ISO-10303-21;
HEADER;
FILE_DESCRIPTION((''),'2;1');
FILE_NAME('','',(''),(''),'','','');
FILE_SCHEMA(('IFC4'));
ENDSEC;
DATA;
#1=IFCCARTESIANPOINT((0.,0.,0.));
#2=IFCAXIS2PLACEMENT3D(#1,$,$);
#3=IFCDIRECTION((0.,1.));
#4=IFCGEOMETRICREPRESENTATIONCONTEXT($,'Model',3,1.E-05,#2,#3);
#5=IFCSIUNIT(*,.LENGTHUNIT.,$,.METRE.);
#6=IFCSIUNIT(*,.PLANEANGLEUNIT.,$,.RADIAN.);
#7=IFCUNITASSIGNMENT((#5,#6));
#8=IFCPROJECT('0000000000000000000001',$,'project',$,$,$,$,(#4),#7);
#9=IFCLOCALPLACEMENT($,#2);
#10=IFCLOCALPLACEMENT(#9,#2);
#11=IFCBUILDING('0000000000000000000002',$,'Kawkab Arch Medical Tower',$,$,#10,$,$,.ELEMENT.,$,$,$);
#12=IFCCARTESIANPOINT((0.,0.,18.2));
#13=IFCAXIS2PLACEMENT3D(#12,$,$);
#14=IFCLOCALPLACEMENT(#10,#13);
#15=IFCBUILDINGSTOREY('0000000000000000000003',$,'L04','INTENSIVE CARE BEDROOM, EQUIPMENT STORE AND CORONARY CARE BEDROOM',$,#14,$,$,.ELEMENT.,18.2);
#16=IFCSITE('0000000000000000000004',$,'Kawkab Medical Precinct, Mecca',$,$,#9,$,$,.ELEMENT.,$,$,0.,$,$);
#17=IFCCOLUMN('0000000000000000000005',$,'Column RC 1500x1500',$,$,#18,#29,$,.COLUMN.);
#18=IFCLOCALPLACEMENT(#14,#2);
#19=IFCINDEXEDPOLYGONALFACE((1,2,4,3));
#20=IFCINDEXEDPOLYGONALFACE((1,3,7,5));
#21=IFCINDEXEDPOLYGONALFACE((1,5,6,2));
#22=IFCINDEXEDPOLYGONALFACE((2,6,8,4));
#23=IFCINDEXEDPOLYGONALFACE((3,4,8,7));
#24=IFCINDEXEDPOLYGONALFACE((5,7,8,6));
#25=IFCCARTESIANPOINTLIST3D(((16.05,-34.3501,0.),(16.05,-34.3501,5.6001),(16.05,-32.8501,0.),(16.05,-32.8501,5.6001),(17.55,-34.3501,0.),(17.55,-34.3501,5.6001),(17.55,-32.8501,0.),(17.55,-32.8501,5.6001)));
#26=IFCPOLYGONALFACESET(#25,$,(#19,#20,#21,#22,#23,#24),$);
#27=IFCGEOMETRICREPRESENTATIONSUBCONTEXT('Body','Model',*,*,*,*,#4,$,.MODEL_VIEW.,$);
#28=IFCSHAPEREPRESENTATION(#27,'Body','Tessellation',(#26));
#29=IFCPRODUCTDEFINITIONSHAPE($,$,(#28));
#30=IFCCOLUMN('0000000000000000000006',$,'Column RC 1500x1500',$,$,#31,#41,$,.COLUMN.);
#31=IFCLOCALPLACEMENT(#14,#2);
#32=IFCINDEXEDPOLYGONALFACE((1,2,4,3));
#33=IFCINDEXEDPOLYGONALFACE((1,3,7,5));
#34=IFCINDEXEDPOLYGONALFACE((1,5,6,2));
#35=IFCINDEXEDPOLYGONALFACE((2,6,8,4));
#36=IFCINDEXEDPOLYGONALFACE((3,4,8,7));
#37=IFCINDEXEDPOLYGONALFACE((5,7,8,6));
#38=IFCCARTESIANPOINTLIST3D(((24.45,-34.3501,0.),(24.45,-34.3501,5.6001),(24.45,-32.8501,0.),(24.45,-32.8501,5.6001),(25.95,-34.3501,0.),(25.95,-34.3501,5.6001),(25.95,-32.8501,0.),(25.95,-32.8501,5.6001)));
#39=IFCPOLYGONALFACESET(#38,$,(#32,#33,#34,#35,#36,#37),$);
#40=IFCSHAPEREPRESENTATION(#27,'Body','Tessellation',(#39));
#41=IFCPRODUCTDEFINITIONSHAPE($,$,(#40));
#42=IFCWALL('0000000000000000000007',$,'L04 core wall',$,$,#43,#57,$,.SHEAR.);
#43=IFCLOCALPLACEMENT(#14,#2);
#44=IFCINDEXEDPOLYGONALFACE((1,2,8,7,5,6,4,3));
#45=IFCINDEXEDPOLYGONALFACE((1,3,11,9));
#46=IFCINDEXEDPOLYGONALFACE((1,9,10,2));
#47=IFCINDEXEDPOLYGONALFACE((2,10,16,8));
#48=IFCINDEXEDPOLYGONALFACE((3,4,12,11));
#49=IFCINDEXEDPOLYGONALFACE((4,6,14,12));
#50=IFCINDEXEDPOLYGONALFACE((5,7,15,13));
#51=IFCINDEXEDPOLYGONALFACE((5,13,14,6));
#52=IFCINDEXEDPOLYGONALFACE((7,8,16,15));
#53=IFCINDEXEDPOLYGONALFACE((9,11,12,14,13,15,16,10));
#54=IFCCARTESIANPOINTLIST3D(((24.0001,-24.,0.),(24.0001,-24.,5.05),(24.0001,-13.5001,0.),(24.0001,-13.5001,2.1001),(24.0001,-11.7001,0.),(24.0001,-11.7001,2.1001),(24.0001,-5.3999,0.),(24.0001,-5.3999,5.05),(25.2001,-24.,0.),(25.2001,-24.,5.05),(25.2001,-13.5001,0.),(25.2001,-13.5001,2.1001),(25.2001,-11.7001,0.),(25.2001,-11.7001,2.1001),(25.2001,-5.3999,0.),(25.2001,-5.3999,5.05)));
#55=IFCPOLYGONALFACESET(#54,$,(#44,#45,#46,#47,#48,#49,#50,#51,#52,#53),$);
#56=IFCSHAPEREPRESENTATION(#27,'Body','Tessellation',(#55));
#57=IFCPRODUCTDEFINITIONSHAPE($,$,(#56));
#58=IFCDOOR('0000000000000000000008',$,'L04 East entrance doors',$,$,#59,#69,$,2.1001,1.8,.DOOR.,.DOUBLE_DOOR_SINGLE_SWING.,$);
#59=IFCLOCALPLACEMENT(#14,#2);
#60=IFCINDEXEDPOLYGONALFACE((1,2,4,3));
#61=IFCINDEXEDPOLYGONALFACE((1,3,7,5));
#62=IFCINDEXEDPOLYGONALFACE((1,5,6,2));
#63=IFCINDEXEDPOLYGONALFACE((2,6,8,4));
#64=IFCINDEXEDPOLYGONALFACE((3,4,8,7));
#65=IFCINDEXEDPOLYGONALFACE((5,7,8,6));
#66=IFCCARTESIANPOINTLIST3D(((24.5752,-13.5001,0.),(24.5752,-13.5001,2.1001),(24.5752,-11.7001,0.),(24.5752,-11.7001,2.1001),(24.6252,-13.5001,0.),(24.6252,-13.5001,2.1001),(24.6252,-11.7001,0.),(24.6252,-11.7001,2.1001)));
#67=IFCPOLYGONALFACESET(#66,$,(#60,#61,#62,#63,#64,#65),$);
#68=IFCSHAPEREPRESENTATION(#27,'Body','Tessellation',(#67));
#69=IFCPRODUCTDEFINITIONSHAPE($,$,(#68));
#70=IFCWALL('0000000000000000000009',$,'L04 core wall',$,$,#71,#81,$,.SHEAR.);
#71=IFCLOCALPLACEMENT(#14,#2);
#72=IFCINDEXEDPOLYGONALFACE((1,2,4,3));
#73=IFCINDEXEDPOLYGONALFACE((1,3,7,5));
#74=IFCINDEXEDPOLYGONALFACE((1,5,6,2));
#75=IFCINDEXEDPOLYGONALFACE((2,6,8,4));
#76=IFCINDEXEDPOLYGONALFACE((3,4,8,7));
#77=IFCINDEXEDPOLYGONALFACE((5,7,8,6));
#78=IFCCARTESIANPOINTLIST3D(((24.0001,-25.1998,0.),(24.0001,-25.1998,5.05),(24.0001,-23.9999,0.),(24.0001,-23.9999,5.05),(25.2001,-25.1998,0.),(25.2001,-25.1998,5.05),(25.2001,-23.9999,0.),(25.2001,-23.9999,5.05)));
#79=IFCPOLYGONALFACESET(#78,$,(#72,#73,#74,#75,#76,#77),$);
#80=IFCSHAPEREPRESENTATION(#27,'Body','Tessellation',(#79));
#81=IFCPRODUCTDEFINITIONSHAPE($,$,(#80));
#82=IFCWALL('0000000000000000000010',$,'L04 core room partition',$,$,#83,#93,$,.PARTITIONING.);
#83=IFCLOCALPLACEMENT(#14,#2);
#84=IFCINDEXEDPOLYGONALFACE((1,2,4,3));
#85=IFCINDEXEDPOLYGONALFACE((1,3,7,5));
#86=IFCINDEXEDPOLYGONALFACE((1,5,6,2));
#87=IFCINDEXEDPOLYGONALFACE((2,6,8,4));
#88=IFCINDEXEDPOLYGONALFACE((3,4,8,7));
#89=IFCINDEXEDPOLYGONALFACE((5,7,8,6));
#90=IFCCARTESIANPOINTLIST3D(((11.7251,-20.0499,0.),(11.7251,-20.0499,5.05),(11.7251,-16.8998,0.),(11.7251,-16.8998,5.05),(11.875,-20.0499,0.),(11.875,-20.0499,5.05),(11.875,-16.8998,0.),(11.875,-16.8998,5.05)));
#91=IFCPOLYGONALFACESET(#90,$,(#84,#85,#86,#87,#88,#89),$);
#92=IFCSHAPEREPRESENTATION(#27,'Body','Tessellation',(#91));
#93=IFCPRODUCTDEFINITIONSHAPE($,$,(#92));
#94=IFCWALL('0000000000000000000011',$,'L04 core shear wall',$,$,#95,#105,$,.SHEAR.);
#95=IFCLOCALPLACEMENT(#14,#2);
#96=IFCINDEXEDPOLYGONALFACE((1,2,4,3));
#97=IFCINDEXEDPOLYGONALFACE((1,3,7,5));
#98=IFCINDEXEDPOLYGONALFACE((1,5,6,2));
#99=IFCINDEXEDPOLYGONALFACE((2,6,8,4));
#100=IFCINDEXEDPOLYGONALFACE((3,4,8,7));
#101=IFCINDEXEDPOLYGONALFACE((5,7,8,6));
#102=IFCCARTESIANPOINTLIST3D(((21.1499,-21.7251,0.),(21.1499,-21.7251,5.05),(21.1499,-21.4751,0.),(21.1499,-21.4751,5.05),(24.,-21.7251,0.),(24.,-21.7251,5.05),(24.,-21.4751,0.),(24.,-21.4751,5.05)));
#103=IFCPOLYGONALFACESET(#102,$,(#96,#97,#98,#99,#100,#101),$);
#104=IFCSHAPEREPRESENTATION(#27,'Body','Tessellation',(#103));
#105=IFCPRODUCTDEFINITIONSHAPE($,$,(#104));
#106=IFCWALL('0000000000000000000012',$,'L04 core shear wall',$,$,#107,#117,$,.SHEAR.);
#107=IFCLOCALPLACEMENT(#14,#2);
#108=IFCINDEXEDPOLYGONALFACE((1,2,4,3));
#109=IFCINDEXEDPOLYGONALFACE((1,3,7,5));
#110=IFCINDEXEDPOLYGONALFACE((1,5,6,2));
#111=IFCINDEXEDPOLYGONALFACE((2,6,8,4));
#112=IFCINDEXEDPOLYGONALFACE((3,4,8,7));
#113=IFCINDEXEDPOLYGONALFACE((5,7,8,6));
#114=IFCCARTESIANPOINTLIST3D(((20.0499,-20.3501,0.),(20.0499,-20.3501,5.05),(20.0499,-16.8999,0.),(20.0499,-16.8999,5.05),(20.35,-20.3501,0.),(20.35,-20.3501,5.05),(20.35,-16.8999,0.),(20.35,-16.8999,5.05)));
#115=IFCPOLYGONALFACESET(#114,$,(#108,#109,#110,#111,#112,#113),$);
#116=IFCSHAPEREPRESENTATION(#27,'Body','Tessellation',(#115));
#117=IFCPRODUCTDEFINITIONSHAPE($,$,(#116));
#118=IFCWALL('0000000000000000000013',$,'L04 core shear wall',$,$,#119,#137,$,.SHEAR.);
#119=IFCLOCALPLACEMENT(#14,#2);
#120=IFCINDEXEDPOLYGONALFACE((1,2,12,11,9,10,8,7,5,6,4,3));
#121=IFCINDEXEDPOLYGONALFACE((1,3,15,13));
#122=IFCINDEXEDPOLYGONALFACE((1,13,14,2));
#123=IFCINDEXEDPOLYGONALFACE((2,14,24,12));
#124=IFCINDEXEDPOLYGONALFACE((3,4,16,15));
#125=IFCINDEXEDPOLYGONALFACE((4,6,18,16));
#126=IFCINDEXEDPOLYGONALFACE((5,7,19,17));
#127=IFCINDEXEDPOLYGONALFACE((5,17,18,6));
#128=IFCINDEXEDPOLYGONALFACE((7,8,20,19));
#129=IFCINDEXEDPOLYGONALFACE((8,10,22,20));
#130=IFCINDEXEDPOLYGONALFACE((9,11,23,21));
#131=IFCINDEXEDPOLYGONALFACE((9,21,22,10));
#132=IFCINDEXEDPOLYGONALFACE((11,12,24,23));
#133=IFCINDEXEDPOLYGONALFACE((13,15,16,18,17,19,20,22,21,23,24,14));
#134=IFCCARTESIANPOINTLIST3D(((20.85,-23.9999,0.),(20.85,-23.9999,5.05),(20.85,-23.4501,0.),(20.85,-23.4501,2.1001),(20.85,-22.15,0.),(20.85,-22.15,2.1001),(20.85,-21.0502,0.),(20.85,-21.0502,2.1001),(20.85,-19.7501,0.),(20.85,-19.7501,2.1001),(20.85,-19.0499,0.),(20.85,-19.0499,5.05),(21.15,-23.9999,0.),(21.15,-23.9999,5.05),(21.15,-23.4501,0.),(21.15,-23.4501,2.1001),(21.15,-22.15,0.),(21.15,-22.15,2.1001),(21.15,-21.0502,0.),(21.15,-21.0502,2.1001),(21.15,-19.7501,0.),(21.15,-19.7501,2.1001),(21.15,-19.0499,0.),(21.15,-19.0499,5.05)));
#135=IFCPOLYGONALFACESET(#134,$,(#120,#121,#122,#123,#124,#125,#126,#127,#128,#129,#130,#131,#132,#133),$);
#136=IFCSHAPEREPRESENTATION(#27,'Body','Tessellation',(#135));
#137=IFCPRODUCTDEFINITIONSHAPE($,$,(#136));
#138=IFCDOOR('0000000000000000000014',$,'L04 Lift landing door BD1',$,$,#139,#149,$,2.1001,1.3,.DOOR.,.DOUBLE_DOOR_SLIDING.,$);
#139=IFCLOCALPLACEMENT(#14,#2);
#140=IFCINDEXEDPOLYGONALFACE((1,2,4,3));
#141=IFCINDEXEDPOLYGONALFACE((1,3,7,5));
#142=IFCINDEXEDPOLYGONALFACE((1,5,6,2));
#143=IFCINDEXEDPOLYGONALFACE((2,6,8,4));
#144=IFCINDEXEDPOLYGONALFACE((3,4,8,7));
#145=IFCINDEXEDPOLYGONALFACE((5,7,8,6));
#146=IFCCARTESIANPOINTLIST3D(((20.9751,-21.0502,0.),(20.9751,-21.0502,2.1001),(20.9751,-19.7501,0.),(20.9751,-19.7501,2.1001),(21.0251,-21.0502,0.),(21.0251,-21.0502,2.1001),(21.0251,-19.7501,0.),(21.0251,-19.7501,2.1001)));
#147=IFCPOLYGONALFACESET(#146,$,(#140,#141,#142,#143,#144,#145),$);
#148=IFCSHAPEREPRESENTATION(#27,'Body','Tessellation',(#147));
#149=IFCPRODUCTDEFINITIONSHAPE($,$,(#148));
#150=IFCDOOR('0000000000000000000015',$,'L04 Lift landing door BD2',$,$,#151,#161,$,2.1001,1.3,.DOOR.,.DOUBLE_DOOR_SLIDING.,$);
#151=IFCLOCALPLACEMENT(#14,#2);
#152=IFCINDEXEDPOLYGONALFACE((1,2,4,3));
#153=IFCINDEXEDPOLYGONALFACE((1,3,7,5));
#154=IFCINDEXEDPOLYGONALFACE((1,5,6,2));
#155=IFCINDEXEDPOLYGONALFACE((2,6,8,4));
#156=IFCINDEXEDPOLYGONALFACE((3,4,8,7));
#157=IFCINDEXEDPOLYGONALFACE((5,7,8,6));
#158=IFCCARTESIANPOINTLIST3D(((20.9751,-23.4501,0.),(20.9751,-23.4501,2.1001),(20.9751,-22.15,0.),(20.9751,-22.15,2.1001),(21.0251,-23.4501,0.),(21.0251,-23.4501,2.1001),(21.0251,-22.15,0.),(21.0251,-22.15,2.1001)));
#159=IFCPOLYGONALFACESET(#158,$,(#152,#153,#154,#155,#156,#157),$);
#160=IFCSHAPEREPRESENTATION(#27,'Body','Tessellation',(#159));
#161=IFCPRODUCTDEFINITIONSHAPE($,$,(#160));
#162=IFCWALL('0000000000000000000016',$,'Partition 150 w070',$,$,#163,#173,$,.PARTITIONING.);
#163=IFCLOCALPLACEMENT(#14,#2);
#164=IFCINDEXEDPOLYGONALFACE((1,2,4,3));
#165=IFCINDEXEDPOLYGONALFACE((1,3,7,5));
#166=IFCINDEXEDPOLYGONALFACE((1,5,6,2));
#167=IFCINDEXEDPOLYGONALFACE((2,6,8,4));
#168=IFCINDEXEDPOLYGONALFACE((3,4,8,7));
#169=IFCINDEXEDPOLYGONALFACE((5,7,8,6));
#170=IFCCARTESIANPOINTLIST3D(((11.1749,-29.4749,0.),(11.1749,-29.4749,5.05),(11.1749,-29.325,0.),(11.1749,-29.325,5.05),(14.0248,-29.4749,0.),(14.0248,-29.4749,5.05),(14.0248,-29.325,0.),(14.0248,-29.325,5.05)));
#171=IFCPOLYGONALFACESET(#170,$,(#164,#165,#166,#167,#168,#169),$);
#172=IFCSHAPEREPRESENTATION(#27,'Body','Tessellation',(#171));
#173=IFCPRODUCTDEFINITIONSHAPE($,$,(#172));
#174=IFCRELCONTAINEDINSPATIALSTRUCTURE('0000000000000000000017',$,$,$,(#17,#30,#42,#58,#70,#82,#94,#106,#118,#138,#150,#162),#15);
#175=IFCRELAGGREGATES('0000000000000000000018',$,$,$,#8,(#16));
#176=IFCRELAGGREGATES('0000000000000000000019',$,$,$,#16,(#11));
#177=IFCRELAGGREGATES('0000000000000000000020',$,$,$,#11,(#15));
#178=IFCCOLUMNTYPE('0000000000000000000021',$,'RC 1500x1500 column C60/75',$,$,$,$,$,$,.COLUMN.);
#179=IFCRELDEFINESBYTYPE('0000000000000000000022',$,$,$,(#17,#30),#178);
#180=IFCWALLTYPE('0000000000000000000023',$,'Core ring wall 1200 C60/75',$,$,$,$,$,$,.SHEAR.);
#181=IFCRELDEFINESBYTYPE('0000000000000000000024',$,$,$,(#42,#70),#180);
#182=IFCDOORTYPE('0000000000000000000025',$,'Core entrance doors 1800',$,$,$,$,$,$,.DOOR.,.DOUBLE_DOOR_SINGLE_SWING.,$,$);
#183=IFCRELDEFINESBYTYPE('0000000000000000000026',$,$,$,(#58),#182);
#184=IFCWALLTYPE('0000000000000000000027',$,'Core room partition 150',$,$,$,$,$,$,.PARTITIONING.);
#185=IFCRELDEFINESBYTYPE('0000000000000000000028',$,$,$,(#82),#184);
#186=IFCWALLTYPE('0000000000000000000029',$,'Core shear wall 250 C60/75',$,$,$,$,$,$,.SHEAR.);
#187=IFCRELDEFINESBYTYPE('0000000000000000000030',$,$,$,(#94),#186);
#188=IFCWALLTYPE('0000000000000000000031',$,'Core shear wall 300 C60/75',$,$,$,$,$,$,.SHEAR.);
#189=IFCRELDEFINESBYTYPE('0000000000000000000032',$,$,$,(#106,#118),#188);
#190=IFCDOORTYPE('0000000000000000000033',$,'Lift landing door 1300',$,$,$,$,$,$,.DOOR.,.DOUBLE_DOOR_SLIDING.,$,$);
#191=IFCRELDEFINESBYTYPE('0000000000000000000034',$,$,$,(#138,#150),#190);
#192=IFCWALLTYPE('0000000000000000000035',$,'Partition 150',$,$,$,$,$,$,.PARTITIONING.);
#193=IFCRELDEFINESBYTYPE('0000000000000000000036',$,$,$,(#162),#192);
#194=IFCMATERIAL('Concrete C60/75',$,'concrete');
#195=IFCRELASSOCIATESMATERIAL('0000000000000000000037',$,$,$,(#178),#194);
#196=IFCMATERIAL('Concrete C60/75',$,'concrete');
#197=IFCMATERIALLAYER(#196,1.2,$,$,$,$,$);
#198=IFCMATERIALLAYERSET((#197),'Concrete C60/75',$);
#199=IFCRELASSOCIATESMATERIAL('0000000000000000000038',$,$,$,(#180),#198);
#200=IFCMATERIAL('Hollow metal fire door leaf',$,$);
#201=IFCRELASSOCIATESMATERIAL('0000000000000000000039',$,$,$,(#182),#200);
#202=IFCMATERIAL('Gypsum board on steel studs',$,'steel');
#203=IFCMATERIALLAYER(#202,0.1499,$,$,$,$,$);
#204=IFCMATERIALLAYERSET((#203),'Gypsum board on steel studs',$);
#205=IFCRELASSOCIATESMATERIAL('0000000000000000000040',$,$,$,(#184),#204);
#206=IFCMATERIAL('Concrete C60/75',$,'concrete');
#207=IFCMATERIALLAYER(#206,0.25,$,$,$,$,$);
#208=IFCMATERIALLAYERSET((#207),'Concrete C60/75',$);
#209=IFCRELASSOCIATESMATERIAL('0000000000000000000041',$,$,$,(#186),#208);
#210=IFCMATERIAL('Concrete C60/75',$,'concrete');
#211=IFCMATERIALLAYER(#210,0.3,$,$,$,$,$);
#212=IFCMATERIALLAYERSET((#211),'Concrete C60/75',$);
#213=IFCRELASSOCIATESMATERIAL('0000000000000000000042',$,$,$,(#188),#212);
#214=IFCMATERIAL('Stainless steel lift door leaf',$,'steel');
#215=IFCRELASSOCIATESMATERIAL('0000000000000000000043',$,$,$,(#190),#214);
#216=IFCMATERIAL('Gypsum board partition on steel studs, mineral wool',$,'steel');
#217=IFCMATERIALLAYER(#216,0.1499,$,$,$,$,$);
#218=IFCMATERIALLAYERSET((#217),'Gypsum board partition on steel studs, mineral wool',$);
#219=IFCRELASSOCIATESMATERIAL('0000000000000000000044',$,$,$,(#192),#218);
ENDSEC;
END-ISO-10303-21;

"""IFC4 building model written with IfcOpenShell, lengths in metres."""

from ifc_helpers import new_model, si_unit, direction, frame, frame_2d, origin, origin_2d, place, context, subcontext, project, spatial, rectangle, extrude, material, layer, layer_set, material_profile, profile_set, type_object, element, fill, save


model = new_model("IFC4")

# Units and contexts
model_context = context("Model", 3, precision=1e-05, world=origin(), true_north=direction((0.0, 1.0)))
body_context = subcontext(model_context, "Body", "Model", "MODEL_VIEW")
ifc_project = project(units=[si_unit("LENGTHUNIT", "METRE"), si_unit("PLANEANGLEUNIT", "RADIAN")], contexts=[model_context])

# Site, building, storey
site_placement = place(None, origin())
site = spatial("IfcSite", under=ifc_project, at=site_placement, Name="Kawkab Medical Precinct, Mecca", CompositionType="ELEMENT", RefElevation=0.0)
building_placement = place(site_placement, origin())
building = spatial("IfcBuilding", under=site, at=building_placement, Name="Kawkab Arch Medical Tower", CompositionType="ELEMENT")
storey_placement = place(building_placement, frame((0.0, 0.0, 18.2)))
storey = spatial("IfcBuildingStorey", under=building, at=storey_placement, Name="L04", Description="INTENSIVE CARE BEDROOM, EQUIPMENT STORE AND CORONARY CARE BEDROOM", CompositionType="ELEMENT", Elevation=18.2)

# Columns
ifc_material_1 = material(Name="Concrete C60/75", Category="concrete")
ifc_material_profile = material_profile(ifc_material_1, rectangle(XDim=1.5, YDim=1.5, at=origin_2d()), Name="RC 1500x1500")
ifc_profile_set = profile_set([ifc_material_profile], Name="Concrete C60/75")
column_type = type_object("IfcColumnType", Name="RC 1500x1500 column C60/75", PredefinedType="COLUMN", material=ifc_profile_set)
for number, where, z_axis, x_axis, name in (
    (1, (16.8, -33.6001, 0.0), (0.0, 0.0, 1.0), (1.0, 0.0, 0.0), "Column RC 1500x1500"),
    (2, (25.2, -33.6001, 0.0), (0.0, 0.0, 1.0), (1.0, 0.0, 0.0), "Column RC 1500x1500"),
):
    element("IfcColumn", number, at=place(storey_placement, frame(where, z_axis=z_axis, x_axis=x_axis)), inside=storey, type_object=column_type, Name=name, PredefinedType="COLUMN", context=body_context, shape_type="SweptSolid", body=[
        extrude(rectangle(XDim=1.5, YDim=1.5, at=origin_2d()), origin(), (0.0, 0.0, 1.0), 5.6001),
    ])

# Wall, opening, door
ifc_material_2 = material(Name="Concrete C60/75", Category="concrete")
ifc_layer_1 = layer(ifc_material_2, 1.2)
ifc_layer_set_1 = layer_set([ifc_layer_1], Name="Concrete C60/75")
wall_type_1 = type_object("IfcWallType", Name="Core ring wall 1200 C60/75", PredefinedType="SHEAR", material=ifc_layer_set_1)
wall_1_placement = place(storey_placement, frame((24.6001, -24.0, 0.0), z_axis=(0.0, 0.0, 1.0), x_axis=(0.0, 1.0, 0.0)))
wall_1 = element("IfcWall", 3, at=wall_1_placement, inside=storey, type_object=wall_type_1, Name="L04 core wall", PredefinedType="SHEAR", context=body_context, shape_type="SweptSolid", body=[
    extrude(rectangle(XDim=18.6001, YDim=1.2, at=frame_2d((9.3, 0.0))), origin(), (0.0, 0.0, 1.0), 5.05),
])
opening_1_placement = place(wall_1_placement, frame((10.5, 0.0, 0.0)))
opening_1 = element("IfcOpeningElement", 4, at=opening_1_placement, cuts=wall_1, PredefinedType="OPENING", context=body_context, shape_type="SweptSolid", body=[
    extrude(rectangle(XDim=1.8, YDim=2.1001, at=frame_2d((0.8999, 1.05))), frame((0.0, 0.6099, 0.0), z_axis=(0.0, -1.0, 0.0), x_axis=(1.0, 0.0, 0.0)), (0.0, 0.0, 1.0), 1.22),
])
ifc_material_3 = material(Name="Hollow metal fire door leaf")
door_type_1 = type_object("IfcDoorType", Name="Core entrance doors 1800", OperationType="DOUBLE_DOOR_SINGLE_SWING", PredefinedType="DOOR", material=ifc_material_3)
door_1_placement = place(opening_1_placement, origin())
door_1 = element("IfcDoor", 5, at=door_1_placement, inside=storey, type_object=door_type_1, Name="L04 East entrance doors", OperationType="DOUBLE_DOOR_SINGLE_SWING", OverallHeight=2.1001, OverallWidth=1.8, PredefinedType="DOOR", context=body_context, shape_type="SweptSolid", body=[
    extrude(rectangle(XDim=1.8, YDim=2.1001, at=frame_2d((0.8999, 1.05))), frame((0.0, 0.0249, 0.0), z_axis=(0.0, -1.0, 0.0), x_axis=(1.0, 0.0, 0.0)), (0.0, 0.0, 1.0), 0.05),
])
fill(opening_1, door_1)

# Walls
wall_2_placement = place(storey_placement, frame((24.6001, -25.2, 0.0), z_axis=(0.0, 0.0, 1.0), x_axis=(0.0, 1.0, 0.0)))
element("IfcWall", 6, at=wall_2_placement, inside=storey, type_object=wall_type_1, Name="L04 core wall", PredefinedType="SHEAR", context=body_context, shape_type="SweptSolid", body=[
    extrude(rectangle(XDim=1.2, YDim=1.2, at=frame_2d((0.6001, 0.0))), origin(), (0.0, 0.0, 1.0), 5.05),
])
ifc_material_4 = material(Name="Gypsum board on steel studs", Category="steel")
ifc_layer_2 = layer(ifc_material_4, 0.1499)
ifc_layer_set_2 = layer_set([ifc_layer_2], Name="Gypsum board on steel studs")
wall_type_2 = type_object("IfcWallType", Name="Core room partition 150", PredefinedType="PARTITIONING", material=ifc_layer_set_2)
wall_3_placement = place(storey_placement, frame((11.8, -20.05, 0.0), z_axis=(0.0, 0.0, 1.0), x_axis=(0.0, 1.0, 0.0)))
element("IfcWall", 7, at=wall_3_placement, inside=storey, type_object=wall_type_2, Name="L04 core room partition", PredefinedType="PARTITIONING", context=body_context, shape_type="SweptSolid", body=[
    extrude(rectangle(XDim=3.1501, YDim=0.1499, at=frame_2d((1.5752, 0.0))), origin(), (0.0, 0.0, 1.0), 5.05),
])
ifc_material_5 = material(Name="Concrete C60/75", Category="concrete")
ifc_layer_3 = layer(ifc_material_5, 0.25)
ifc_layer_set_3 = layer_set([ifc_layer_3], Name="Concrete C60/75")
wall_type_3 = type_object("IfcWallType", Name="Core shear wall 250 C60/75", PredefinedType="SHEAR", material=ifc_layer_set_3)
wall_4_placement = place(storey_placement, frame((21.1499, -21.6001, 0.0), z_axis=(0.0, 0.0, 1.0), x_axis=(1.0, 0.0, 0.0)))
element("IfcWall", 8, at=wall_4_placement, inside=storey, type_object=wall_type_3, Name="L04 core shear wall", PredefinedType="SHEAR", context=body_context, shape_type="SweptSolid", body=[
    extrude(rectangle(XDim=2.8501, YDim=0.25, at=frame_2d((1.425, 0.0))), origin(), (0.0, 0.0, 1.0), 5.05),
])
ifc_material_6 = material(Name="Concrete C60/75", Category="concrete")
ifc_layer_4 = layer(ifc_material_6, 0.3)
ifc_layer_set_4 = layer_set([ifc_layer_4], Name="Concrete C60/75")
wall_type_4 = type_object("IfcWallType", Name="Core shear wall 300 C60/75", PredefinedType="SHEAR", material=ifc_layer_set_4)
wall_5_placement = place(storey_placement, frame((20.2, -20.3501, 0.0), z_axis=(0.0, 0.0, 1.0), x_axis=(0.0, 1.0, 0.0)))
element("IfcWall", 9, at=wall_5_placement, inside=storey, type_object=wall_type_4, Name="L04 core shear wall", PredefinedType="SHEAR", context=body_context, shape_type="SweptSolid", body=[
    extrude(rectangle(XDim=3.4502, YDim=0.3, at=frame_2d((1.7251, 0.0))), origin(), (0.0, 0.0, 1.0), 5.05),
])

# Wall, openings, doors
wall_6_placement = place(storey_placement, frame((21.0, -24.0, 0.0), z_axis=(0.0, 0.0, 1.0), x_axis=(0.0, 1.0, 0.0)))
wall_6 = element("IfcWall", 10, at=wall_6_placement, inside=storey, type_object=wall_type_4, Name="L04 core shear wall", PredefinedType="SHEAR", context=body_context, shape_type="SweptSolid", body=[
    extrude(rectangle(XDim=4.95, YDim=0.3, at=frame_2d((2.4751, 0.0))), origin(), (0.0, 0.0, 1.0), 5.05),
])
opening_2_placement = place(wall_6_placement, frame((2.95, 0.0, 0.0)))
opening_2 = element("IfcOpeningElement", 11, at=opening_2_placement, cuts=wall_6, PredefinedType="OPENING", context=body_context, shape_type="SweptSolid", body=[
    extrude(rectangle(XDim=1.3, YDim=2.1001, at=frame_2d((0.6499, 1.05))), frame((0.0, 0.1599, 0.0), z_axis=(0.0, -1.0, 0.0), x_axis=(1.0, 0.0, 0.0)), (0.0, 0.0, 1.0), 0.3201),
])
opening_3_placement = place(wall_6_placement, frame((0.55, 0.0, 0.0)))
opening_3 = element("IfcOpeningElement", 12, at=opening_3_placement, cuts=wall_6, PredefinedType="OPENING", context=body_context, shape_type="SweptSolid", body=[
    extrude(rectangle(XDim=1.3, YDim=2.1001, at=frame_2d((0.6499, 1.05))), frame((0.0, 0.1599, 0.0), z_axis=(0.0, -1.0, 0.0), x_axis=(1.0, 0.0, 0.0)), (0.0, 0.0, 1.0), 0.3201),
])
ifc_material_7 = material(Name="Stainless steel lift door leaf", Category="steel")
door_type_2 = type_object("IfcDoorType", Name="Lift landing door 1300", OperationType="DOUBLE_DOOR_SLIDING", PredefinedType="DOOR", material=ifc_material_7)
door_2_placement = place(opening_2_placement, origin())
door_2 = element("IfcDoor", 13, at=door_2_placement, inside=storey, type_object=door_type_2, Name="L04 Lift landing door BD1", OperationType="DOUBLE_DOOR_SLIDING", OverallHeight=2.1001, OverallWidth=1.3, PredefinedType="DOOR", context=body_context, shape_type="SweptSolid", body=[
    extrude(rectangle(XDim=1.3, YDim=2.1001, at=frame_2d((0.6499, 1.05))), frame((0.0, 0.0249, 0.0), z_axis=(0.0, -1.0, 0.0), x_axis=(1.0, 0.0, 0.0)), (0.0, 0.0, 1.0), 0.05),
])
fill(opening_2, door_2)
door_3_placement = place(opening_3_placement, origin())
door_3 = element("IfcDoor", 14, at=door_3_placement, inside=storey, type_object=door_type_2, Name="L04 Lift landing door BD2", OperationType="DOUBLE_DOOR_SLIDING", OverallHeight=2.1001, OverallWidth=1.3, PredefinedType="DOOR", context=body_context, shape_type="SweptSolid", body=[
    extrude(rectangle(XDim=1.3, YDim=2.1001, at=frame_2d((0.6499, 1.05))), frame((0.0, 0.0249, 0.0), z_axis=(0.0, -1.0, 0.0), x_axis=(1.0, 0.0, 0.0)), (0.0, 0.0, 1.0), 0.05),
])
fill(opening_3, door_3)

# Wall
ifc_material_8 = material(Name="Gypsum board partition on steel studs, mineral wool", Category="steel")
ifc_layer_5 = layer(ifc_material_8, 0.1499)
ifc_layer_set_5 = layer_set([ifc_layer_5], Name="Gypsum board partition on steel studs, mineral wool")
wall_type_5 = type_object("IfcWallType", Name="Partition 150", PredefinedType="PARTITIONING", material=ifc_layer_set_5)
wall_7_placement = place(storey_placement, frame((11.175, -29.3999, 0.0), z_axis=(0.0, 0.0, 1.0), x_axis=(1.0, 0.0, 0.0)))
element("IfcWall", 15, at=wall_7_placement, inside=storey, type_object=wall_type_5, Name="Partition 150 w070", PredefinedType="PARTITIONING", context=body_context, shape_type="SweptSolid", body=[
    extrude(rectangle(XDim=2.8499, YDim=0.1499, at=frame_2d((1.4248, 0.0))), origin(), (0.0, 0.0, 1.0), 5.05),
])

save(model, "model.ifc")
